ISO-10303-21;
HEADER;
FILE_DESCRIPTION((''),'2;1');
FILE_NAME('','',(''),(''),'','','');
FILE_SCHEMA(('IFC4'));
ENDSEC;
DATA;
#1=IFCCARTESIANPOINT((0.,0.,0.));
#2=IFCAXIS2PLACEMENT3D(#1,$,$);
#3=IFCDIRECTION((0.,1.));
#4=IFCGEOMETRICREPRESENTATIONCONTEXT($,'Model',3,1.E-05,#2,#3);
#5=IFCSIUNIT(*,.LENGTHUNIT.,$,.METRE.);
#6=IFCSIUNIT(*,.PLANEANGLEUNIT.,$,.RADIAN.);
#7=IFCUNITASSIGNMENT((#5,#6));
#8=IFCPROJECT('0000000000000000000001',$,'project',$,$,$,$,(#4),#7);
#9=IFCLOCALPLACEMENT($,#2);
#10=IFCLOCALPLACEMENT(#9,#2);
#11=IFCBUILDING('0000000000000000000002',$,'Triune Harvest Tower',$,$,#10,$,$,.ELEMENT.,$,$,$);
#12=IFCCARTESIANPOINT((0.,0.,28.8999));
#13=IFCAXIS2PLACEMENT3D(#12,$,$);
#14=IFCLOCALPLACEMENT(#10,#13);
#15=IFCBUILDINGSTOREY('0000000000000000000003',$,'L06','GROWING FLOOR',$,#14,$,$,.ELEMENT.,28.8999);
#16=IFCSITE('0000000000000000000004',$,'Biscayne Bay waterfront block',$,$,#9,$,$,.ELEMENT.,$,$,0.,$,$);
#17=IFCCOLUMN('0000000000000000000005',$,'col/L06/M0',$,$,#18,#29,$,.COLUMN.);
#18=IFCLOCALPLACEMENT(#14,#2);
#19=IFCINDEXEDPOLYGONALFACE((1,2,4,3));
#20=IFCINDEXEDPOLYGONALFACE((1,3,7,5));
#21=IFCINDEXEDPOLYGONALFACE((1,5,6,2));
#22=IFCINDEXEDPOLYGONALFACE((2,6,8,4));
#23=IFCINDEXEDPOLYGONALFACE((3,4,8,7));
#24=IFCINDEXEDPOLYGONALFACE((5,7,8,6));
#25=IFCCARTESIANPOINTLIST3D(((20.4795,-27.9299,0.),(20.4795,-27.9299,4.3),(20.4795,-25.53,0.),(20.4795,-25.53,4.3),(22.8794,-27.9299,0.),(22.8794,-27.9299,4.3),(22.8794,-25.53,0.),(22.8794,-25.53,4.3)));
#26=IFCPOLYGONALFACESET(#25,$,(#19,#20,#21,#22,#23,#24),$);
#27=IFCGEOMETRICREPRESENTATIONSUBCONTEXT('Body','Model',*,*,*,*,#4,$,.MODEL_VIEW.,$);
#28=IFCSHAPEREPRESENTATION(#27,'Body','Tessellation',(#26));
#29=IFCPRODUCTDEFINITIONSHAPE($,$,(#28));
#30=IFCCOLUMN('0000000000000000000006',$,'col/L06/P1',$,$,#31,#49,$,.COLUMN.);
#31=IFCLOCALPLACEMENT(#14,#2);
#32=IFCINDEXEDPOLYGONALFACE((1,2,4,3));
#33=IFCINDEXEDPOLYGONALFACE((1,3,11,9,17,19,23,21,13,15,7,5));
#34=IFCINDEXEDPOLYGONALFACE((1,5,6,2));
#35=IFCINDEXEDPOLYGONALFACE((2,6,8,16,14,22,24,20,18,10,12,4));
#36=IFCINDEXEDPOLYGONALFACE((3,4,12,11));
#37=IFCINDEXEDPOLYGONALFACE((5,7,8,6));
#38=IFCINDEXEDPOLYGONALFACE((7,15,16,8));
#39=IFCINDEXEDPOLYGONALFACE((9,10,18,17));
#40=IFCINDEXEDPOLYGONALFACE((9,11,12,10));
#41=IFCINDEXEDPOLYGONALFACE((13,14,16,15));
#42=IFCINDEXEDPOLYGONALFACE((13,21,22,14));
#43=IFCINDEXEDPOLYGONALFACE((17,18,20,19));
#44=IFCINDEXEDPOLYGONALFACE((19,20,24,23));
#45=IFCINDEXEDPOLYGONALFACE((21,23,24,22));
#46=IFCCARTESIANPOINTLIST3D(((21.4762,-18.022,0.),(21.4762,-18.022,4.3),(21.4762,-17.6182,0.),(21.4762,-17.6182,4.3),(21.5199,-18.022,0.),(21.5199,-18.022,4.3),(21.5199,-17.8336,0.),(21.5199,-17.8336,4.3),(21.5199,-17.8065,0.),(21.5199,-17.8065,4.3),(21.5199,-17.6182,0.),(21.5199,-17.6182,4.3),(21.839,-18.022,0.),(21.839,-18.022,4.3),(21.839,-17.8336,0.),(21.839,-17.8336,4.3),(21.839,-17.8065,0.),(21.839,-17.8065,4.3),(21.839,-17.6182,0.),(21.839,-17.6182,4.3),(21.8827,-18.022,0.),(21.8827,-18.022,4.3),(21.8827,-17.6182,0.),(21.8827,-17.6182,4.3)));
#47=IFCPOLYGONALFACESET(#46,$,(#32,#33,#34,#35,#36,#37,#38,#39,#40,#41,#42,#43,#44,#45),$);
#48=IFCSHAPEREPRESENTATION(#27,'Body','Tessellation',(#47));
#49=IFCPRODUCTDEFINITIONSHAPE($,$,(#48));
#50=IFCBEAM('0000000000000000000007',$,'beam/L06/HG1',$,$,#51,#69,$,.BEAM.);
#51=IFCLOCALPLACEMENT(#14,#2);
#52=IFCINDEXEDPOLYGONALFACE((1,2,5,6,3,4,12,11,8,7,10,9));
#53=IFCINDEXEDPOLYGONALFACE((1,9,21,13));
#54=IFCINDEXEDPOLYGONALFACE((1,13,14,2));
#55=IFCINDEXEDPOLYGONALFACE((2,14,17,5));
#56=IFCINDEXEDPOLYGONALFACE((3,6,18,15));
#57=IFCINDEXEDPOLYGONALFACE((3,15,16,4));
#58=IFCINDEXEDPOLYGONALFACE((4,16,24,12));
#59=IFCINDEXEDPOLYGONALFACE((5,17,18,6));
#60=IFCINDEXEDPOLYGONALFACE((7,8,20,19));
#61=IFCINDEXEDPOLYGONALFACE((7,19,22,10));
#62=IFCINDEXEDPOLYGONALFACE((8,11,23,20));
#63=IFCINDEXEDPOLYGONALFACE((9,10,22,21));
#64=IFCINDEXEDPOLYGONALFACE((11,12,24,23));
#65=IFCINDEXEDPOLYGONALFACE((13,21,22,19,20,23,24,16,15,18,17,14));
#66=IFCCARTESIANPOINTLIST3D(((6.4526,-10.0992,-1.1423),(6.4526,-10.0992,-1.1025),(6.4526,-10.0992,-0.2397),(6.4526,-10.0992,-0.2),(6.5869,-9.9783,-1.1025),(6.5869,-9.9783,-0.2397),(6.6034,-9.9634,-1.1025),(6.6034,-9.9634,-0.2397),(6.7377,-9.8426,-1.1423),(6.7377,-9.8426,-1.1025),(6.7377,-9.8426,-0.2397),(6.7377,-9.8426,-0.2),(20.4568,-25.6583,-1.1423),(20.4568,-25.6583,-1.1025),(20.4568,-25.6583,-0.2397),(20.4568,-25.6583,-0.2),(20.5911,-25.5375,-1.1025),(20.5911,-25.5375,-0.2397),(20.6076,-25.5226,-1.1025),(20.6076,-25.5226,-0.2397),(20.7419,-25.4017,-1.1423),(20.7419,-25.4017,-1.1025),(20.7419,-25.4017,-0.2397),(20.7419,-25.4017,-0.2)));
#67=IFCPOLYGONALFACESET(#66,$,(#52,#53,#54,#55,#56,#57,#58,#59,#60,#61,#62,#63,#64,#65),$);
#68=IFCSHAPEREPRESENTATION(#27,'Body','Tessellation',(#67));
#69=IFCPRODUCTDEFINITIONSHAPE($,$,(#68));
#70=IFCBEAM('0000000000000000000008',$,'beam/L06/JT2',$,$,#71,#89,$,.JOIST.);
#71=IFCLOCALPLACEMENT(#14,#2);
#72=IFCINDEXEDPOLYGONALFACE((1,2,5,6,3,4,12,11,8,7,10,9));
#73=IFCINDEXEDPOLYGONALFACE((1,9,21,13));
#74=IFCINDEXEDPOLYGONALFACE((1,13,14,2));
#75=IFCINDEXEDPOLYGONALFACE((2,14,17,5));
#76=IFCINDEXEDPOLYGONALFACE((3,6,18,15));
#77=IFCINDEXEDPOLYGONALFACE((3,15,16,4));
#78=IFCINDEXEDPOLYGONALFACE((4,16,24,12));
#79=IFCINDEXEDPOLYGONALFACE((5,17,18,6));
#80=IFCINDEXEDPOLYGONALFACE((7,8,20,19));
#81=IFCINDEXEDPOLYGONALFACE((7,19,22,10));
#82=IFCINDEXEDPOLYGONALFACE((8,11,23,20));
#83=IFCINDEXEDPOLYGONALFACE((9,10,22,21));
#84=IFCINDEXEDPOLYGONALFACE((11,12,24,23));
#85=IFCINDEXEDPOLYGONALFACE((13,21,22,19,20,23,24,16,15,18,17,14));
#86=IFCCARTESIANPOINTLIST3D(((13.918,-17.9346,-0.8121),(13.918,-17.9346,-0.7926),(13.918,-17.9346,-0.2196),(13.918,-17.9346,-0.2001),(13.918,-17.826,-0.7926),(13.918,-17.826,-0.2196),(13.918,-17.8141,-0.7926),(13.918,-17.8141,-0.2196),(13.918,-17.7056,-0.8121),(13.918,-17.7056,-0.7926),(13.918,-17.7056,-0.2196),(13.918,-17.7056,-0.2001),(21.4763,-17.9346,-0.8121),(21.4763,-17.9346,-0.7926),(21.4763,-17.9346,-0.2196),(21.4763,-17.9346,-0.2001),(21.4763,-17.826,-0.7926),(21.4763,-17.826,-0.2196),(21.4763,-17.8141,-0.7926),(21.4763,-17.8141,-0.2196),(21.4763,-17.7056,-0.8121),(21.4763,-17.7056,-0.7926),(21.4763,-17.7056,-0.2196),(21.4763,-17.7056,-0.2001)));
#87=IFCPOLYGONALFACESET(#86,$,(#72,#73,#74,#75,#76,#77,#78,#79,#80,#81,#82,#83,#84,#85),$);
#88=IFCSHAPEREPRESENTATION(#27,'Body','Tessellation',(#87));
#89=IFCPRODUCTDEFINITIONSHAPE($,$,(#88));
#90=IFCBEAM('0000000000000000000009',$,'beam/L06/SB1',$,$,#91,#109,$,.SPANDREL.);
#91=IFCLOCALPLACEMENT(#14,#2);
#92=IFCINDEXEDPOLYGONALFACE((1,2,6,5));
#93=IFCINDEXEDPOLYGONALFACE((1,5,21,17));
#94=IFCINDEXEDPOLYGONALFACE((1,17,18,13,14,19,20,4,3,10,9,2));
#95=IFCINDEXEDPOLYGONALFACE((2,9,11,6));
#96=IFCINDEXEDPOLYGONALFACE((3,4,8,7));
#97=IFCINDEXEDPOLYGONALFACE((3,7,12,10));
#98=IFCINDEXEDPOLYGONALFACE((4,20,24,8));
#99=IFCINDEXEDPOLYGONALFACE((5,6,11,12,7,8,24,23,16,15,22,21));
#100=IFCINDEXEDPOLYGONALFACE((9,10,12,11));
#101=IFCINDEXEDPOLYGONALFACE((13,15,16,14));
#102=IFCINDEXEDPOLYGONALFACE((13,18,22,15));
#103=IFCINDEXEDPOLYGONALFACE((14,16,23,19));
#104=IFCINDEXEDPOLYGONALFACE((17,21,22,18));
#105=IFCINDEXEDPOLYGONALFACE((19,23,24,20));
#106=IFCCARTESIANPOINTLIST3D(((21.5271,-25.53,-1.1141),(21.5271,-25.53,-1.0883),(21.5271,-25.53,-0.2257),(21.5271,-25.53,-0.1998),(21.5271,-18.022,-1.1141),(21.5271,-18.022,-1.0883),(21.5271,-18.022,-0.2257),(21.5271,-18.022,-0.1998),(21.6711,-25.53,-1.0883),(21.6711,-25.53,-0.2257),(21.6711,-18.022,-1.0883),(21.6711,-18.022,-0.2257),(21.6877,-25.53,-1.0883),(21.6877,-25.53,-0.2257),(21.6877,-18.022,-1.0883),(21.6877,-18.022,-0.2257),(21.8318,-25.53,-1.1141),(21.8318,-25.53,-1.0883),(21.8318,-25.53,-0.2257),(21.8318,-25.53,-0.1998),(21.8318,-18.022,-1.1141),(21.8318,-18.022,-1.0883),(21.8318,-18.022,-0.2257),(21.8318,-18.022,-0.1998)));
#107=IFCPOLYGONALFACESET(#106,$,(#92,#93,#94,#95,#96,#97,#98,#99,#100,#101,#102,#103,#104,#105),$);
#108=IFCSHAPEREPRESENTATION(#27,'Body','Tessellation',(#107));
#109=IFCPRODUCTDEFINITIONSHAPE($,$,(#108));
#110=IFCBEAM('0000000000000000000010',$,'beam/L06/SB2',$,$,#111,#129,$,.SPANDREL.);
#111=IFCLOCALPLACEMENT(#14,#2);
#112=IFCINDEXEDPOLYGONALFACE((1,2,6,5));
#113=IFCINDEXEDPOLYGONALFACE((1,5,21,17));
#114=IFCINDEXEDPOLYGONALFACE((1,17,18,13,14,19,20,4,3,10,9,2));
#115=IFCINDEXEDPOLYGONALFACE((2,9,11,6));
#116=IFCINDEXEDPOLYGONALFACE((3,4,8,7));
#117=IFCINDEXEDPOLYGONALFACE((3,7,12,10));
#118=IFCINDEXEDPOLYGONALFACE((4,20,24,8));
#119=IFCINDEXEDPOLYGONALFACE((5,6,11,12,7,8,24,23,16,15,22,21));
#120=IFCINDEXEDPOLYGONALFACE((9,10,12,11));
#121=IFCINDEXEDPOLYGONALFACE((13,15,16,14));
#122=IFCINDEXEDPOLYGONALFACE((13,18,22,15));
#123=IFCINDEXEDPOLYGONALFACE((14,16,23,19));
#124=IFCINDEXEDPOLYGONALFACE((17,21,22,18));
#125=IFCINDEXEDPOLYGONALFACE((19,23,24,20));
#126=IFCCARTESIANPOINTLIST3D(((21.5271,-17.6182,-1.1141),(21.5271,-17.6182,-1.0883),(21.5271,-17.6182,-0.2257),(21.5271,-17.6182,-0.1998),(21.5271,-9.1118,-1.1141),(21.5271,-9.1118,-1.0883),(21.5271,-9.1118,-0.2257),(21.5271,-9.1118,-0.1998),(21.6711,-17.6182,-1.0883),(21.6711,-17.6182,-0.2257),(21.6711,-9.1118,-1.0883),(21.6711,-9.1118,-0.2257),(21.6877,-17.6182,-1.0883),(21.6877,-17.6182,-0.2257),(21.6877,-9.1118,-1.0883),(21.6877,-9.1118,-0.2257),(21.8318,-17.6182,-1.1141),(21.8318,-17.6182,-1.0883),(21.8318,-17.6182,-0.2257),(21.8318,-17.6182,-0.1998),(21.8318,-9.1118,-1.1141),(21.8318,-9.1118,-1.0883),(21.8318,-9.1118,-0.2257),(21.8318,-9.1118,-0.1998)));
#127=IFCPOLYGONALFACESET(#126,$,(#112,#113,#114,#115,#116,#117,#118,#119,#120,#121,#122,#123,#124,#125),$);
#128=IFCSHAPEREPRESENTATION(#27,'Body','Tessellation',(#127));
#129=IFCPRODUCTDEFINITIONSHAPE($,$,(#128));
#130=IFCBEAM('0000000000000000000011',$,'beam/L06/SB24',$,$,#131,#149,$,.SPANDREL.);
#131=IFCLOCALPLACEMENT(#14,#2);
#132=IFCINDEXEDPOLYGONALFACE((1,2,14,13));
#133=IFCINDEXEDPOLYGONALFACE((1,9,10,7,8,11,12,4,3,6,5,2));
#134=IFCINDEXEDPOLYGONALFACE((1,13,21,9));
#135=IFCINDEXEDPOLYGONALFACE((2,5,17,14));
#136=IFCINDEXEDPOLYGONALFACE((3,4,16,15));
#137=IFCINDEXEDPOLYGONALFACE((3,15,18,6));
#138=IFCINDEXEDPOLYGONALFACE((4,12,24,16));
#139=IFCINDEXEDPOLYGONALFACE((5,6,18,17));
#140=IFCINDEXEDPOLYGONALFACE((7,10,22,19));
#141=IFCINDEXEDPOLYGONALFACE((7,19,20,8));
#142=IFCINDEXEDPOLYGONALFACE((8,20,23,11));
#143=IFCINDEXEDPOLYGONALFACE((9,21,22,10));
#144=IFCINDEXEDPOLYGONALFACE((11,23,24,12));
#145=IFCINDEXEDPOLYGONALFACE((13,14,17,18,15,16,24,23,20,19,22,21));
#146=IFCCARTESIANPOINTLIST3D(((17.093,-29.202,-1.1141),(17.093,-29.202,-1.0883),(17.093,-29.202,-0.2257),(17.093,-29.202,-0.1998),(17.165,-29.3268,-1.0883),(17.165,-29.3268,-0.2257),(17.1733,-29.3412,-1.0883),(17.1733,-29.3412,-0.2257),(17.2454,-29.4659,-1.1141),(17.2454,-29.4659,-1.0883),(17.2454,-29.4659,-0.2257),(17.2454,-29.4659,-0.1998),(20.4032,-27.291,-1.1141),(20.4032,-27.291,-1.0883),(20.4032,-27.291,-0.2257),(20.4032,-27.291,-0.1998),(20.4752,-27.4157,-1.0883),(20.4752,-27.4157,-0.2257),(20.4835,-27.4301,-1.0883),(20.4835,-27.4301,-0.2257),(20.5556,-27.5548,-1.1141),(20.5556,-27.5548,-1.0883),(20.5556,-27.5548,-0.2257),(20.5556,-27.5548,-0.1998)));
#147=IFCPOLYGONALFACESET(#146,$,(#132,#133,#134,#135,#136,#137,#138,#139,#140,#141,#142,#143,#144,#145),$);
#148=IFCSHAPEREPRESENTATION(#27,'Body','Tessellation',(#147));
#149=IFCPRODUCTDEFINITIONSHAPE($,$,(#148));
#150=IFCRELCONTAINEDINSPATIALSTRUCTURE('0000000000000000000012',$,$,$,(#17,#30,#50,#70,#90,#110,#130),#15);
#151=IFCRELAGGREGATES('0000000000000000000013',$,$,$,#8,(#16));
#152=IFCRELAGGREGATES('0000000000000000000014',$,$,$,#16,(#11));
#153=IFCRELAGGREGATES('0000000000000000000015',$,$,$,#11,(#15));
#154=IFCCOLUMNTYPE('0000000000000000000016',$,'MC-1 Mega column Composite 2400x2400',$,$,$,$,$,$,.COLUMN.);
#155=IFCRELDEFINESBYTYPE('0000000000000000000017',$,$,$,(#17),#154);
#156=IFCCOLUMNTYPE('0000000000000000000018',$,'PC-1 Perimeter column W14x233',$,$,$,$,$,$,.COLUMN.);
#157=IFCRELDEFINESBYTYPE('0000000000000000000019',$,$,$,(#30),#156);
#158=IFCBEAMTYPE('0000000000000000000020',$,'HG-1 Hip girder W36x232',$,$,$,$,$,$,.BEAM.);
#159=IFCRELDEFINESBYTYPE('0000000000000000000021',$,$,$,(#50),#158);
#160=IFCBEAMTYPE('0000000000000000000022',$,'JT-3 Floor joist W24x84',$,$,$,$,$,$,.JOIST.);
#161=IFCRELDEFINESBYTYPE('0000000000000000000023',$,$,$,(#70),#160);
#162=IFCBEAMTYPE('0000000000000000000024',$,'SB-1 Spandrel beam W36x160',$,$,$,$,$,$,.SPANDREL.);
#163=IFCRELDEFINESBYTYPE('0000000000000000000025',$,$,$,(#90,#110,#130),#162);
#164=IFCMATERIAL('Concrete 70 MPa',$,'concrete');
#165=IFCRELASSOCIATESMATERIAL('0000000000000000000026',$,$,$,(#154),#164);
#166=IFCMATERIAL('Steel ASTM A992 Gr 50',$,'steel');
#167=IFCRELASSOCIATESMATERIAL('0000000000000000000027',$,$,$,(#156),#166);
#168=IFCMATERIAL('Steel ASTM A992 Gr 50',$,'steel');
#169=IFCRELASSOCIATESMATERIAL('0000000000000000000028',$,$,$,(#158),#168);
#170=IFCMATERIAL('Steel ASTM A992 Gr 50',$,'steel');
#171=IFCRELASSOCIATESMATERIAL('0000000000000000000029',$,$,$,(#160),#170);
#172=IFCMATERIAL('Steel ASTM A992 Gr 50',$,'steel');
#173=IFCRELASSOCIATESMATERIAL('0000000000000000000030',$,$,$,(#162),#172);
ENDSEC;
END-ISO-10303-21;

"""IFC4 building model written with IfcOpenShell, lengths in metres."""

from ifc_helpers import new_model, si_unit, direction, frame, origin, origin_2d, place, context, subcontext, project, spatial, rectangle, i_section, extrude, source, transform, mapped, material, material_profile, profile_set, type_object, element, save


model = new_model("IFC4")

# Units and contexts
model_context = context("Model", 3, precision=1e-05, world=origin(), true_north=direction((0.0, 1.0)))
body_context = subcontext(model_context, "Body", "Model", "MODEL_VIEW")
ifc_project = project(units=[si_unit("LENGTHUNIT", "METRE"), si_unit("PLANEANGLEUNIT", "RADIAN")], contexts=[model_context])

# Site, building, storey
site_placement = place(None, origin())
site = spatial("IfcSite", under=ifc_project, at=site_placement, Name="Biscayne Bay waterfront block", CompositionType="ELEMENT", RefElevation=0.0)
building_placement = place(site_placement, origin())
building = spatial("IfcBuilding", under=site, at=building_placement, Name="Triune Harvest Tower", CompositionType="ELEMENT")
storey_placement = place(building_placement, frame((0.0, 0.0, 28.8999)))
storey = spatial("IfcBuildingStorey", under=building, at=storey_placement, Name="L06", Description="GROWING FLOOR", CompositionType="ELEMENT", Elevation=28.8999)

# Columns
ifc_material_1 = material(Name="Concrete 70 MPa", Category="concrete")
ifc_material_profile_1 = material_profile(ifc_material_1, rectangle(XDim=2.3999, YDim=2.3999, at=origin_2d()), Name="Composite 2400x2400")
ifc_profile_set_1 = profile_set([ifc_material_profile_1], Name="Concrete 70 MPa")
column_type_1 = type_object("IfcColumnType", Name="MC-1 Mega column Composite 2400x2400", PredefinedType="COLUMN", material=ifc_profile_set_1)
shared_shape_1 = source(origin(), body_context, "Body", "SweptSolid", [
    extrude(rectangle(XDim=2.3999, YDim=2.3999, at=origin_2d()), origin(), (0.0, 0.0, 1.0), 4.3),
])
column_1_placement = place(storey_placement, frame((21.6794, -26.73, 0.0), z_axis=(0.0, 0.0, 1.0), x_axis=(0.0, 1.0, 0.0)))
element("IfcColumn", 1, at=column_1_placement, inside=storey, type_object=column_type_1, Name="col/L06/M0", PredefinedType="COLUMN", context=body_context, shape_type="MappedRepresentation", body=[
    mapped(shared_shape_1, transform((0.0, 0.0, 0.0), scale=1.0)),
])
ifc_material_2 = material(Name="Steel ASTM A992 Gr 50", Category="steel")
ifc_material_profile_2 = material_profile(ifc_material_2, i_section(OverallWidth=0.4038, OverallDepth=0.4065, WebThickness=0.0271, FlangeThickness=0.0437, at=origin_2d()), Name="W14x233")
ifc_profile_set_2 = profile_set([ifc_material_profile_2], Name="Steel ASTM A992 Gr 50")
column_type_2 = type_object("IfcColumnType", Name="PC-1 Perimeter column W14x233", PredefinedType="COLUMN", material=ifc_profile_set_2)
shared_shape_2 = source(origin(), body_context, "Body", "SweptSolid", [
    extrude(i_section(OverallWidth=0.4038, OverallDepth=0.4065, WebThickness=0.0271, FlangeThickness=0.0437, at=origin_2d()), origin(), (0.0, 0.0, 1.0), 4.3),
])
column_2_placement = place(storey_placement, frame((21.6794, -17.8201, 0.0), z_axis=(0.0, 0.0, 1.0), x_axis=(0.0, 1.0, 0.0)))
element("IfcColumn", 2, at=column_2_placement, inside=storey, type_object=column_type_2, Name="col/L06/P1", PredefinedType="COLUMN", context=body_context, shape_type="MappedRepresentation", body=[
    mapped(shared_shape_2, transform((0.0, 0.0, 0.0), scale=1.0)),
])

# Beams
ifc_material_3 = material(Name="Steel ASTM A992 Gr 50", Category="steel")
ifc_material_profile_3 = material_profile(ifc_material_3, i_section(OverallWidth=0.3835, OverallDepth=0.9424, WebThickness=0.0222, FlangeThickness=0.0398, at=origin_2d()), Name="W36x232")
ifc_profile_set_3 = profile_set([ifc_material_profile_3], Name="Steel ASTM A992 Gr 50")
beam_type_1 = type_object("IfcBeamType", Name="HG-1 Hip girder W36x232", PredefinedType="BEAM", material=ifc_profile_set_3)
shared_shape_3 = source(origin(), body_context, "Body", "SweptSolid", [
    extrude(i_section(OverallWidth=0.3835, OverallDepth=0.9424, WebThickness=0.0222, FlangeThickness=0.0398, at=origin_2d()), origin(), (0.0, 0.0, 1.0), 20.9333),
])
beam_1_placement = place(storey_placement, frame((20.5994, -25.53, -0.6711), z_axis=(-0.668991, 0.743271, 0.0), x_axis=(-0.743271, -0.668991, 0.0)))
element("IfcBeam", 3, at=beam_1_placement, inside=storey, type_object=beam_type_1, Name="beam/L06/HG1", PredefinedType="BEAM", context=body_context, shape_type="MappedRepresentation", body=[
    mapped(shared_shape_3, transform((0.0, 0.0, 0.0), scale=1.0)),
])
ifc_material_4 = material(Name="Steel ASTM A992 Gr 50", Category="steel")
ifc_material_profile_4 = material_profile(ifc_material_4, i_section(OverallWidth=0.229, OverallDepth=0.6121, WebThickness=0.012, FlangeThickness=0.0195, at=origin_2d()), Name="W24x84")
ifc_profile_set_4 = profile_set([ifc_material_profile_4], Name="Steel ASTM A992 Gr 50")
beam_type_2 = type_object("IfcBeamType", Name="JT-3 Floor joist W24x84", PredefinedType="JOIST", material=ifc_profile_set_4)
shared_shape_4 = source(origin(), body_context, "Body", "SweptSolid", [
    extrude(i_section(OverallWidth=0.229, OverallDepth=0.6121, WebThickness=0.012, FlangeThickness=0.0195, at=origin_2d()), origin(), (0.0, 0.0, 1.0), 7.5583),
])
beam_2_placement = place(storey_placement, frame((21.4763, -17.8201, -0.5061), z_axis=(-1.0, 0.0, 0.0), x_axis=(0.0, -1.0, 0.0)))
element("IfcBeam", 4, at=beam_2_placement, inside=storey, type_object=beam_type_2, Name="beam/L06/JT2", PredefinedType="JOIST", context=body_context, shape_type="MappedRepresentation", body=[
    mapped(shared_shape_4, transform((0.0, 0.0, 0.0), scale=1.0)),
])
ifc_material_5 = material(Name="Steel ASTM A992 Gr 50", Category="steel")
ifc_material_profile_5 = material_profile(ifc_material_5, i_section(OverallWidth=0.3047, OverallDepth=0.9143, WebThickness=0.0166, FlangeThickness=0.0259, at=origin_2d()), Name="W36x160")
ifc_profile_set_5 = profile_set([ifc_material_profile_5], Name="Steel ASTM A992 Gr 50")
beam_type_3 = type_object("IfcBeamType", Name="SB-1 Spandrel beam W36x160", PredefinedType="SPANDREL", material=ifc_profile_set_5)
shared_shape_5 = source(origin(), body_context, "Body", "SweptSolid", [
    extrude(i_section(OverallWidth=0.3047, OverallDepth=0.9143, WebThickness=0.0166, FlangeThickness=0.0259, at=origin_2d()), origin(), (0.0, 0.0, 1.0), 7.5081),
])
beam_3_placement = place(storey_placement, frame((21.6794, -25.53, -0.657), z_axis=(0.0, 1.0, 0.0), x_axis=(-1.0, 0.0, 0.0)))
element("IfcBeam", 5, at=beam_3_placement, inside=storey, type_object=beam_type_3, Name="beam/L06/SB1", PredefinedType="SPANDREL", context=body_context, shape_type="MappedRepresentation", body=[
    mapped(shared_shape_5, transform((0.0, 0.0, 0.0), scale=1.0)),
])
shared_shape_6 = source(origin(), body_context, "Body", "SweptSolid", [
    extrude(i_section(OverallWidth=0.3047, OverallDepth=0.9143, WebThickness=0.0166, FlangeThickness=0.0259, at=origin_2d()), origin(), (0.0, 0.0, 1.0), 8.5063),
])
beam_4_placement = place(storey_placement, frame((21.6794, -17.6182, -0.657), z_axis=(0.0, 1.0, 0.0), x_axis=(-1.0, 0.0, 0.0)))
element("IfcBeam", 6, at=beam_4_placement, inside=storey, type_object=beam_type_3, Name="beam/L06/SB2", PredefinedType="SPANDREL", context=body_context, shape_type="MappedRepresentation", body=[
    mapped(shared_shape_6, transform((0.0, 0.0, 0.0), scale=1.0)),
])
shared_shape_7 = source(origin(), body_context, "Body", "SweptSolid", [
    extrude(i_section(OverallWidth=0.3047, OverallDepth=0.9143, WebThickness=0.0166, FlangeThickness=0.0259, at=origin_2d()), origin(), (0.0, 0.0, 1.0), 3.8223),
])
beam_5_placement = place(storey_placement, frame((17.1692, -29.334, -0.657), z_axis=(0.866033, 0.499986, 0.0), x_axis=(-0.499986, 0.866033, 0.0)))
element("IfcBeam", 7, at=beam_5_placement, inside=storey, type_object=beam_type_3, Name="beam/L06/SB24", PredefinedType="SPANDREL", context=body_context, shape_type="MappedRepresentation", body=[
    mapped(shared_shape_7, transform((0.0, 0.0, 0.0), scale=1.0)),
])

save(model, "model.ifc")
